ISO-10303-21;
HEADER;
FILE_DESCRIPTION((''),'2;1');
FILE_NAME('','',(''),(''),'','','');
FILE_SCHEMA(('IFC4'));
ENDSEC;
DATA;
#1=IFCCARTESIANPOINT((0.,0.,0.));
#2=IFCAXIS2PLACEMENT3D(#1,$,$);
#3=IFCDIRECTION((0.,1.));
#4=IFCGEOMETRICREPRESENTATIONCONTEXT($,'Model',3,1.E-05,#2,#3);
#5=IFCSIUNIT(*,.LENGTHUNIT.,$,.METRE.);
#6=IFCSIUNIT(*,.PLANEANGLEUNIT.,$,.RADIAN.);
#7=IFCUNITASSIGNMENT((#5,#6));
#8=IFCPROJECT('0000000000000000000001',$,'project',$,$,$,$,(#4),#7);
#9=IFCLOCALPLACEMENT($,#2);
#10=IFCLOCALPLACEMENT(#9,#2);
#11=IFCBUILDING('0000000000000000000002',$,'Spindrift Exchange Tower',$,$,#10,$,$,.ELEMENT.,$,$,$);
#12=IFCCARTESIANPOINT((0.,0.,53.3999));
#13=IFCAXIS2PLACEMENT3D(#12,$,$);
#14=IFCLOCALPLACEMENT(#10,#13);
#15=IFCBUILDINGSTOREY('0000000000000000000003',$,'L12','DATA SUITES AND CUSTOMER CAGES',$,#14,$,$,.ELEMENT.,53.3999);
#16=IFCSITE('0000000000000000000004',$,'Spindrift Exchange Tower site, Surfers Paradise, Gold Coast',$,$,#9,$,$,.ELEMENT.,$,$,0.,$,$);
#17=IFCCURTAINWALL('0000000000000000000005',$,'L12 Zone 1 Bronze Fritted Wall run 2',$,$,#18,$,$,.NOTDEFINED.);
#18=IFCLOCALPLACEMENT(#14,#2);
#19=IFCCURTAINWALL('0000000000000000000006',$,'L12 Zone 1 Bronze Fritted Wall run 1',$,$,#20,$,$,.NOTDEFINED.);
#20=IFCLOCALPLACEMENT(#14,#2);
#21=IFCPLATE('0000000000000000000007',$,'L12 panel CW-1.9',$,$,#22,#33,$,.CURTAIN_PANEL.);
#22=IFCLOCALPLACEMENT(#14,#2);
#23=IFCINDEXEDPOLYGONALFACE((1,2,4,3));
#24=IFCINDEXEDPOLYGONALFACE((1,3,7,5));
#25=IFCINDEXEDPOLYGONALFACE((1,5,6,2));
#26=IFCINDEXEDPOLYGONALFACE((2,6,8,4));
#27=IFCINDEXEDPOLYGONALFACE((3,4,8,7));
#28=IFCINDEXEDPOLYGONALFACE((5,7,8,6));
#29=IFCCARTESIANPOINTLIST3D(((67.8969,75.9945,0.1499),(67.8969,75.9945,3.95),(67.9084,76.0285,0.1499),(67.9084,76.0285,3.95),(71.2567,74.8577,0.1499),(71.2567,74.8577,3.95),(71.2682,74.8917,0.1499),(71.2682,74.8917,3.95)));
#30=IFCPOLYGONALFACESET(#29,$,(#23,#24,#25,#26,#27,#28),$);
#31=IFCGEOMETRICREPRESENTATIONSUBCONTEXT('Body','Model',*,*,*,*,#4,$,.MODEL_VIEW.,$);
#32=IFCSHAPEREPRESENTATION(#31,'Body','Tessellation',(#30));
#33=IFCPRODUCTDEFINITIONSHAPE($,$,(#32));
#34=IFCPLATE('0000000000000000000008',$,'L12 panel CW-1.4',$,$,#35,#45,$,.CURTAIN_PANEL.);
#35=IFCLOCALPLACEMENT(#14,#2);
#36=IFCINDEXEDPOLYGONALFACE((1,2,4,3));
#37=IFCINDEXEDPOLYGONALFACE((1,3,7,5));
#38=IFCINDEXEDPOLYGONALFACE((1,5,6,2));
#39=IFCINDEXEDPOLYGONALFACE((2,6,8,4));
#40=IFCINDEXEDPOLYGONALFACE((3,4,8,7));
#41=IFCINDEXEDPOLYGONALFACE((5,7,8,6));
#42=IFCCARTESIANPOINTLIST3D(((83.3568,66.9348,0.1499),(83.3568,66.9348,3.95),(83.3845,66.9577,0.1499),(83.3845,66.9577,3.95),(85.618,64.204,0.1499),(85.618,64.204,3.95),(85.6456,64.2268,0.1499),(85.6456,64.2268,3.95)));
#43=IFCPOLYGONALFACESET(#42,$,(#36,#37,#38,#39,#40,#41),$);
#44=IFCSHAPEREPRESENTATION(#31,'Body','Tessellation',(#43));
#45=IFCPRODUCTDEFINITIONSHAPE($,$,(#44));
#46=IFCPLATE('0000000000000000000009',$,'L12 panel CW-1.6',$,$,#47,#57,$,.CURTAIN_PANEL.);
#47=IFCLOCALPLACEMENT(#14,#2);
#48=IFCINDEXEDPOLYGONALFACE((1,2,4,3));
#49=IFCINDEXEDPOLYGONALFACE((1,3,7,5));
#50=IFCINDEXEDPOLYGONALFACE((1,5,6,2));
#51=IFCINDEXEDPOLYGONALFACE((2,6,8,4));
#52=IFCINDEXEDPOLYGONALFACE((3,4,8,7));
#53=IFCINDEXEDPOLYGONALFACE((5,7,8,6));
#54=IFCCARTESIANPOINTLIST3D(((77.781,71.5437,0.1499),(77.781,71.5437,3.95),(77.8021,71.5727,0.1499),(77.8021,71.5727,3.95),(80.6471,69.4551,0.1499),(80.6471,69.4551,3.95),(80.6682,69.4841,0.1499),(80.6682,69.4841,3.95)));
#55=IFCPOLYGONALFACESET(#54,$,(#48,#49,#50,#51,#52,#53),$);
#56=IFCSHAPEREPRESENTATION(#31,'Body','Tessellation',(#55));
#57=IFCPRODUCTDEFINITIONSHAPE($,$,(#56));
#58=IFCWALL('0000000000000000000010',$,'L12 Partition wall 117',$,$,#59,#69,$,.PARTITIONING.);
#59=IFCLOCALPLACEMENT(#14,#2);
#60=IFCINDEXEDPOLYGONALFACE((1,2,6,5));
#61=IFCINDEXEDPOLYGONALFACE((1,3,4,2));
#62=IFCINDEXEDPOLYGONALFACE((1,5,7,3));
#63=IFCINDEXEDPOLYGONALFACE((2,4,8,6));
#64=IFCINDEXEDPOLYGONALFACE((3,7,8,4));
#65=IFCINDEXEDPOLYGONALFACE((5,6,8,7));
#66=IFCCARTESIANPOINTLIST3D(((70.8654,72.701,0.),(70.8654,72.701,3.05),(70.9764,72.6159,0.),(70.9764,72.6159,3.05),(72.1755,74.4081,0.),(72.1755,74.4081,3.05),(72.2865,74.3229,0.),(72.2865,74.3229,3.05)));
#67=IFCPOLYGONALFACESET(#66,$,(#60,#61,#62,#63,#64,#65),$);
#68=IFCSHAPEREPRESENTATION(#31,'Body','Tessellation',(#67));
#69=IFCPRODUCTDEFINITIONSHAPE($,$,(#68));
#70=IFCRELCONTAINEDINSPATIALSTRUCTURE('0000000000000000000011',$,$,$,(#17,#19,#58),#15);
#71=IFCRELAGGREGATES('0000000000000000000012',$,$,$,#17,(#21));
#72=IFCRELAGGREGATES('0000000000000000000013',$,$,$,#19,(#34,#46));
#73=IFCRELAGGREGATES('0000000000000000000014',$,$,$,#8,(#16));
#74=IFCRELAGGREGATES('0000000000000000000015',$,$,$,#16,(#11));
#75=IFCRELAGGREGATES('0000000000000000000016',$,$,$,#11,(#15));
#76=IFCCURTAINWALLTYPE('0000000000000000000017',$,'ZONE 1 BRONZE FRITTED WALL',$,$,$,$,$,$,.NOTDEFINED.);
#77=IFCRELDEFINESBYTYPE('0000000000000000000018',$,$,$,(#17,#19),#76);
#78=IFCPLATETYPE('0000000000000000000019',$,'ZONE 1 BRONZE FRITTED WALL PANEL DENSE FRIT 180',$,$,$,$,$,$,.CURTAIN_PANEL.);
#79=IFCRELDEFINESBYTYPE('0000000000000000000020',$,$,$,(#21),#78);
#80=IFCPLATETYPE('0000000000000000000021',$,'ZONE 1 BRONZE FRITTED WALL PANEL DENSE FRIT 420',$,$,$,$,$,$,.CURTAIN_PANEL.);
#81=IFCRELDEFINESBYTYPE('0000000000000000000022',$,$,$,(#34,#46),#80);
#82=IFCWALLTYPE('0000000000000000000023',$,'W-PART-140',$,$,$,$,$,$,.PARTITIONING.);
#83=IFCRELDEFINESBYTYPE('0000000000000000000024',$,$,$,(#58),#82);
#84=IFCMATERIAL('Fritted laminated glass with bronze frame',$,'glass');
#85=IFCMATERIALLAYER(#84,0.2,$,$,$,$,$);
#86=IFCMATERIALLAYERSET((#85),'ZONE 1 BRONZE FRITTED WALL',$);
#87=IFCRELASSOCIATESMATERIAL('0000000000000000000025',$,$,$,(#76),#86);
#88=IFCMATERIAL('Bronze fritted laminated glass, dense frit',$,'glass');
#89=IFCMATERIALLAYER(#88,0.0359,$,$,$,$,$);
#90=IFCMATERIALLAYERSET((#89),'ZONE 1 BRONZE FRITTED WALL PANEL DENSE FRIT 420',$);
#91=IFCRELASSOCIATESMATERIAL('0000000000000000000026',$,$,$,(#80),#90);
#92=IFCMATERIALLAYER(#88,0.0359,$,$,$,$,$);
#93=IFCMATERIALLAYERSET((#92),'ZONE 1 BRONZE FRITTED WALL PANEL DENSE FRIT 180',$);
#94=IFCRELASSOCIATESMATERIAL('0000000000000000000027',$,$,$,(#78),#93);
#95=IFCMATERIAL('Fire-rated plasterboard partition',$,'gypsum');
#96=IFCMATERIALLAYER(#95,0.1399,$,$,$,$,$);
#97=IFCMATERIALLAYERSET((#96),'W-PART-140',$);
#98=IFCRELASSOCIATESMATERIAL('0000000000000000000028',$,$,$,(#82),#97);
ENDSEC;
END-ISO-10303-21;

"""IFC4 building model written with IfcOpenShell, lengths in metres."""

from ifc_helpers import new_model, si_unit, direction, frame, frame_2d, origin, origin_2d, place, context, subcontext, project, spatial, rectangle, extrude, source, transform, mapped, material, layer, layer_set, type_object, element, aggregate, save


model = new_model("IFC4")

# Units and contexts
model_context = context("Model", 3, precision=1e-05, world=origin(), true_north=direction((0.0, 1.0)))
body_context = subcontext(model_context, "Body", "Model", "MODEL_VIEW")
ifc_project = project(units=[si_unit("LENGTHUNIT", "METRE"), si_unit("PLANEANGLEUNIT", "RADIAN")], contexts=[model_context])

# Site, building, storey
site_placement = place(None, origin())
site = spatial("IfcSite", under=ifc_project, at=site_placement, Name="Spindrift Exchange Tower site, Surfers Paradise, Gold Coast", CompositionType="ELEMENT", RefElevation=0.0)
building_placement = place(site_placement, origin())
building = spatial("IfcBuilding", under=site, at=building_placement, Name="Spindrift Exchange Tower", CompositionType="ELEMENT")
storey_placement = place(building_placement, frame((0.0, 0.0, 53.3999)))
storey = spatial("IfcBuildingStorey", under=building, at=storey_placement, Name="L12", Description="DATA SUITES AND CUSTOMER CAGES", CompositionType="ELEMENT", Elevation=53.3999)

# Curtain wall
ifc_material_1 = material(Name="Fritted laminated glass with bronze frame", Category="glass")
ifc_layer_1 = layer(ifc_material_1, 0.2)
ifc_layer_set_1 = layer_set([ifc_layer_1], Name="ZONE 1 BRONZE FRITTED WALL")
curtain_wall_type = type_object("IfcCurtainWallType", Name="ZONE 1 BRONZE FRITTED WALL", PredefinedType="NOTDEFINED", material=ifc_layer_set_1)
curtain_wall_1_placement = place(storey_placement, origin())
curtain_wall_1 = element("IfcCurtainWall", 1, at=curtain_wall_1_placement, inside=storey, type_object=curtain_wall_type, Name="L12 Zone 1 Bronze Fritted Wall run 2", PredefinedType="NOTDEFINED")

# Curtain wall
curtain_wall_2_placement = place(storey_placement, origin())
curtain_wall_2 = element("IfcCurtainWall", 2, at=curtain_wall_2_placement, inside=storey, type_object=curtain_wall_type, Name="L12 Zone 1 Bronze Fritted Wall run 1", PredefinedType="NOTDEFINED")

# Plates
ifc_material_2 = material(Name="Bronze fritted laminated glass, dense frit", Category="glass")
ifc_layer_2 = layer(ifc_material_2, 0.0359)
ifc_layer_set_2 = layer_set([ifc_layer_2], Name="ZONE 1 BRONZE FRITTED WALL PANEL DENSE FRIT 420")
plate_type_1 = type_object("IfcPlateType", Name="ZONE 1 BRONZE FRITTED WALL PANEL DENSE FRIT 420", PredefinedType="CURTAIN_PANEL", material=ifc_layer_set_2)
ifc_layer_3 = layer(ifc_material_2, 0.0359)
ifc_layer_set_3 = layer_set([ifc_layer_3], Name="ZONE 1 BRONZE FRITTED WALL PANEL DENSE FRIT 180")
plate_type_2 = type_object("IfcPlateType", Name="ZONE 1 BRONZE FRITTED WALL PANEL DENSE FRIT 180", PredefinedType="CURTAIN_PANEL", material=ifc_layer_set_3)
shared_shape_1 = source(origin(), body_context, "Body", "SweptSolid", [
    extrude(rectangle(XDim=3.5469, YDim=0.0359, at=origin_2d()), origin(), (0.0, 0.0, 1.0), 3.8),
])
plate_1_placement = place(storey_placement, frame((69.5825, 75.4431, 0.1499), z_axis=(0.0, 0.0, 1.0), x_axis=(-0.947251, 0.320492, 0.0)))
plate_1 = element("IfcPlate", 3, at=plate_1_placement, type_object=plate_type_2, Name="L12 panel CW-1.9", PredefinedType="CURTAIN_PANEL", context=body_context, shape_type="MappedRepresentation", body=[
    mapped(shared_shape_1, transform((0.0, 0.0, 0.0), scale=1.0)),
])
aggregate(curtain_wall_1, [plate_1])
shared_shape_2 = source(origin(), body_context, "Body", "SweptSolid", [
    extrude(rectangle(XDim=3.5454, YDim=0.0359, at=origin_2d()), origin(), (0.0, 0.0, 1.0), 3.8),
])
plate_2_placement = place(storey_placement, frame((84.5012, 65.5808, 0.1499), z_axis=(0.0, 0.0, 1.0), x_axis=(-0.637756, 0.770238, 0.0)))
plate_2 = element("IfcPlate", 4, at=plate_2_placement, type_object=plate_type_1, Name="L12 panel CW-1.4", PredefinedType="CURTAIN_PANEL", context=body_context, shape_type="MappedRepresentation", body=[
    mapped(shared_shape_2, transform((0.0, 0.0, 0.0), scale=1.0)),
])
shared_shape_3 = source(origin(), body_context, "Body", "SweptSolid", [
    extrude(rectangle(XDim=3.5464, YDim=0.0359, at=origin_2d()), origin(), (0.0, 0.0, 1.0), 3.8),
])
plate_3_placement = place(storey_placement, frame((79.2246, 70.5139, 0.1499), z_axis=(0.0, 0.0, 1.0), x_axis=(-0.808187, 0.588926, 0.0)))
plate_3 = element("IfcPlate", 5, at=plate_3_placement, type_object=plate_type_1, Name="L12 panel CW-1.6", PredefinedType="CURTAIN_PANEL", context=body_context, shape_type="MappedRepresentation", body=[
    mapped(shared_shape_3, transform((0.0, 0.0, 0.0), scale=1.0)),
])
aggregate(curtain_wall_2, [plate_2, plate_3])

# Wall
ifc_material_3 = material(Name="Fire-rated plasterboard partition", Category="gypsum")
ifc_layer_4 = layer(ifc_material_3, 0.1399)
ifc_layer_set_4 = layer_set([ifc_layer_4], Name="W-PART-140")
wall_type = type_object("IfcWallType", Name="W-PART-140", PredefinedType="PARTITIONING", material=ifc_layer_set_4)
wall_placement = place(storey_placement, frame((70.9209, 72.6584, 0.0), z_axis=(0.0, 0.0, 1.0), x_axis=(0.608822, 0.793307, 0.0)))
element("IfcWall", 6, at=wall_placement, inside=storey, type_object=wall_type, Name="L12 Partition wall 117", PredefinedType="PARTITIONING", context=body_context, shape_type="SweptSolid", body=[
    extrude(rectangle(XDim=2.1519, YDim=0.1399, at=frame_2d((1.0759, 0.0))), origin(), (0.0, 0.0, 1.0), 3.05),
])

save(model, "model.ifc")
